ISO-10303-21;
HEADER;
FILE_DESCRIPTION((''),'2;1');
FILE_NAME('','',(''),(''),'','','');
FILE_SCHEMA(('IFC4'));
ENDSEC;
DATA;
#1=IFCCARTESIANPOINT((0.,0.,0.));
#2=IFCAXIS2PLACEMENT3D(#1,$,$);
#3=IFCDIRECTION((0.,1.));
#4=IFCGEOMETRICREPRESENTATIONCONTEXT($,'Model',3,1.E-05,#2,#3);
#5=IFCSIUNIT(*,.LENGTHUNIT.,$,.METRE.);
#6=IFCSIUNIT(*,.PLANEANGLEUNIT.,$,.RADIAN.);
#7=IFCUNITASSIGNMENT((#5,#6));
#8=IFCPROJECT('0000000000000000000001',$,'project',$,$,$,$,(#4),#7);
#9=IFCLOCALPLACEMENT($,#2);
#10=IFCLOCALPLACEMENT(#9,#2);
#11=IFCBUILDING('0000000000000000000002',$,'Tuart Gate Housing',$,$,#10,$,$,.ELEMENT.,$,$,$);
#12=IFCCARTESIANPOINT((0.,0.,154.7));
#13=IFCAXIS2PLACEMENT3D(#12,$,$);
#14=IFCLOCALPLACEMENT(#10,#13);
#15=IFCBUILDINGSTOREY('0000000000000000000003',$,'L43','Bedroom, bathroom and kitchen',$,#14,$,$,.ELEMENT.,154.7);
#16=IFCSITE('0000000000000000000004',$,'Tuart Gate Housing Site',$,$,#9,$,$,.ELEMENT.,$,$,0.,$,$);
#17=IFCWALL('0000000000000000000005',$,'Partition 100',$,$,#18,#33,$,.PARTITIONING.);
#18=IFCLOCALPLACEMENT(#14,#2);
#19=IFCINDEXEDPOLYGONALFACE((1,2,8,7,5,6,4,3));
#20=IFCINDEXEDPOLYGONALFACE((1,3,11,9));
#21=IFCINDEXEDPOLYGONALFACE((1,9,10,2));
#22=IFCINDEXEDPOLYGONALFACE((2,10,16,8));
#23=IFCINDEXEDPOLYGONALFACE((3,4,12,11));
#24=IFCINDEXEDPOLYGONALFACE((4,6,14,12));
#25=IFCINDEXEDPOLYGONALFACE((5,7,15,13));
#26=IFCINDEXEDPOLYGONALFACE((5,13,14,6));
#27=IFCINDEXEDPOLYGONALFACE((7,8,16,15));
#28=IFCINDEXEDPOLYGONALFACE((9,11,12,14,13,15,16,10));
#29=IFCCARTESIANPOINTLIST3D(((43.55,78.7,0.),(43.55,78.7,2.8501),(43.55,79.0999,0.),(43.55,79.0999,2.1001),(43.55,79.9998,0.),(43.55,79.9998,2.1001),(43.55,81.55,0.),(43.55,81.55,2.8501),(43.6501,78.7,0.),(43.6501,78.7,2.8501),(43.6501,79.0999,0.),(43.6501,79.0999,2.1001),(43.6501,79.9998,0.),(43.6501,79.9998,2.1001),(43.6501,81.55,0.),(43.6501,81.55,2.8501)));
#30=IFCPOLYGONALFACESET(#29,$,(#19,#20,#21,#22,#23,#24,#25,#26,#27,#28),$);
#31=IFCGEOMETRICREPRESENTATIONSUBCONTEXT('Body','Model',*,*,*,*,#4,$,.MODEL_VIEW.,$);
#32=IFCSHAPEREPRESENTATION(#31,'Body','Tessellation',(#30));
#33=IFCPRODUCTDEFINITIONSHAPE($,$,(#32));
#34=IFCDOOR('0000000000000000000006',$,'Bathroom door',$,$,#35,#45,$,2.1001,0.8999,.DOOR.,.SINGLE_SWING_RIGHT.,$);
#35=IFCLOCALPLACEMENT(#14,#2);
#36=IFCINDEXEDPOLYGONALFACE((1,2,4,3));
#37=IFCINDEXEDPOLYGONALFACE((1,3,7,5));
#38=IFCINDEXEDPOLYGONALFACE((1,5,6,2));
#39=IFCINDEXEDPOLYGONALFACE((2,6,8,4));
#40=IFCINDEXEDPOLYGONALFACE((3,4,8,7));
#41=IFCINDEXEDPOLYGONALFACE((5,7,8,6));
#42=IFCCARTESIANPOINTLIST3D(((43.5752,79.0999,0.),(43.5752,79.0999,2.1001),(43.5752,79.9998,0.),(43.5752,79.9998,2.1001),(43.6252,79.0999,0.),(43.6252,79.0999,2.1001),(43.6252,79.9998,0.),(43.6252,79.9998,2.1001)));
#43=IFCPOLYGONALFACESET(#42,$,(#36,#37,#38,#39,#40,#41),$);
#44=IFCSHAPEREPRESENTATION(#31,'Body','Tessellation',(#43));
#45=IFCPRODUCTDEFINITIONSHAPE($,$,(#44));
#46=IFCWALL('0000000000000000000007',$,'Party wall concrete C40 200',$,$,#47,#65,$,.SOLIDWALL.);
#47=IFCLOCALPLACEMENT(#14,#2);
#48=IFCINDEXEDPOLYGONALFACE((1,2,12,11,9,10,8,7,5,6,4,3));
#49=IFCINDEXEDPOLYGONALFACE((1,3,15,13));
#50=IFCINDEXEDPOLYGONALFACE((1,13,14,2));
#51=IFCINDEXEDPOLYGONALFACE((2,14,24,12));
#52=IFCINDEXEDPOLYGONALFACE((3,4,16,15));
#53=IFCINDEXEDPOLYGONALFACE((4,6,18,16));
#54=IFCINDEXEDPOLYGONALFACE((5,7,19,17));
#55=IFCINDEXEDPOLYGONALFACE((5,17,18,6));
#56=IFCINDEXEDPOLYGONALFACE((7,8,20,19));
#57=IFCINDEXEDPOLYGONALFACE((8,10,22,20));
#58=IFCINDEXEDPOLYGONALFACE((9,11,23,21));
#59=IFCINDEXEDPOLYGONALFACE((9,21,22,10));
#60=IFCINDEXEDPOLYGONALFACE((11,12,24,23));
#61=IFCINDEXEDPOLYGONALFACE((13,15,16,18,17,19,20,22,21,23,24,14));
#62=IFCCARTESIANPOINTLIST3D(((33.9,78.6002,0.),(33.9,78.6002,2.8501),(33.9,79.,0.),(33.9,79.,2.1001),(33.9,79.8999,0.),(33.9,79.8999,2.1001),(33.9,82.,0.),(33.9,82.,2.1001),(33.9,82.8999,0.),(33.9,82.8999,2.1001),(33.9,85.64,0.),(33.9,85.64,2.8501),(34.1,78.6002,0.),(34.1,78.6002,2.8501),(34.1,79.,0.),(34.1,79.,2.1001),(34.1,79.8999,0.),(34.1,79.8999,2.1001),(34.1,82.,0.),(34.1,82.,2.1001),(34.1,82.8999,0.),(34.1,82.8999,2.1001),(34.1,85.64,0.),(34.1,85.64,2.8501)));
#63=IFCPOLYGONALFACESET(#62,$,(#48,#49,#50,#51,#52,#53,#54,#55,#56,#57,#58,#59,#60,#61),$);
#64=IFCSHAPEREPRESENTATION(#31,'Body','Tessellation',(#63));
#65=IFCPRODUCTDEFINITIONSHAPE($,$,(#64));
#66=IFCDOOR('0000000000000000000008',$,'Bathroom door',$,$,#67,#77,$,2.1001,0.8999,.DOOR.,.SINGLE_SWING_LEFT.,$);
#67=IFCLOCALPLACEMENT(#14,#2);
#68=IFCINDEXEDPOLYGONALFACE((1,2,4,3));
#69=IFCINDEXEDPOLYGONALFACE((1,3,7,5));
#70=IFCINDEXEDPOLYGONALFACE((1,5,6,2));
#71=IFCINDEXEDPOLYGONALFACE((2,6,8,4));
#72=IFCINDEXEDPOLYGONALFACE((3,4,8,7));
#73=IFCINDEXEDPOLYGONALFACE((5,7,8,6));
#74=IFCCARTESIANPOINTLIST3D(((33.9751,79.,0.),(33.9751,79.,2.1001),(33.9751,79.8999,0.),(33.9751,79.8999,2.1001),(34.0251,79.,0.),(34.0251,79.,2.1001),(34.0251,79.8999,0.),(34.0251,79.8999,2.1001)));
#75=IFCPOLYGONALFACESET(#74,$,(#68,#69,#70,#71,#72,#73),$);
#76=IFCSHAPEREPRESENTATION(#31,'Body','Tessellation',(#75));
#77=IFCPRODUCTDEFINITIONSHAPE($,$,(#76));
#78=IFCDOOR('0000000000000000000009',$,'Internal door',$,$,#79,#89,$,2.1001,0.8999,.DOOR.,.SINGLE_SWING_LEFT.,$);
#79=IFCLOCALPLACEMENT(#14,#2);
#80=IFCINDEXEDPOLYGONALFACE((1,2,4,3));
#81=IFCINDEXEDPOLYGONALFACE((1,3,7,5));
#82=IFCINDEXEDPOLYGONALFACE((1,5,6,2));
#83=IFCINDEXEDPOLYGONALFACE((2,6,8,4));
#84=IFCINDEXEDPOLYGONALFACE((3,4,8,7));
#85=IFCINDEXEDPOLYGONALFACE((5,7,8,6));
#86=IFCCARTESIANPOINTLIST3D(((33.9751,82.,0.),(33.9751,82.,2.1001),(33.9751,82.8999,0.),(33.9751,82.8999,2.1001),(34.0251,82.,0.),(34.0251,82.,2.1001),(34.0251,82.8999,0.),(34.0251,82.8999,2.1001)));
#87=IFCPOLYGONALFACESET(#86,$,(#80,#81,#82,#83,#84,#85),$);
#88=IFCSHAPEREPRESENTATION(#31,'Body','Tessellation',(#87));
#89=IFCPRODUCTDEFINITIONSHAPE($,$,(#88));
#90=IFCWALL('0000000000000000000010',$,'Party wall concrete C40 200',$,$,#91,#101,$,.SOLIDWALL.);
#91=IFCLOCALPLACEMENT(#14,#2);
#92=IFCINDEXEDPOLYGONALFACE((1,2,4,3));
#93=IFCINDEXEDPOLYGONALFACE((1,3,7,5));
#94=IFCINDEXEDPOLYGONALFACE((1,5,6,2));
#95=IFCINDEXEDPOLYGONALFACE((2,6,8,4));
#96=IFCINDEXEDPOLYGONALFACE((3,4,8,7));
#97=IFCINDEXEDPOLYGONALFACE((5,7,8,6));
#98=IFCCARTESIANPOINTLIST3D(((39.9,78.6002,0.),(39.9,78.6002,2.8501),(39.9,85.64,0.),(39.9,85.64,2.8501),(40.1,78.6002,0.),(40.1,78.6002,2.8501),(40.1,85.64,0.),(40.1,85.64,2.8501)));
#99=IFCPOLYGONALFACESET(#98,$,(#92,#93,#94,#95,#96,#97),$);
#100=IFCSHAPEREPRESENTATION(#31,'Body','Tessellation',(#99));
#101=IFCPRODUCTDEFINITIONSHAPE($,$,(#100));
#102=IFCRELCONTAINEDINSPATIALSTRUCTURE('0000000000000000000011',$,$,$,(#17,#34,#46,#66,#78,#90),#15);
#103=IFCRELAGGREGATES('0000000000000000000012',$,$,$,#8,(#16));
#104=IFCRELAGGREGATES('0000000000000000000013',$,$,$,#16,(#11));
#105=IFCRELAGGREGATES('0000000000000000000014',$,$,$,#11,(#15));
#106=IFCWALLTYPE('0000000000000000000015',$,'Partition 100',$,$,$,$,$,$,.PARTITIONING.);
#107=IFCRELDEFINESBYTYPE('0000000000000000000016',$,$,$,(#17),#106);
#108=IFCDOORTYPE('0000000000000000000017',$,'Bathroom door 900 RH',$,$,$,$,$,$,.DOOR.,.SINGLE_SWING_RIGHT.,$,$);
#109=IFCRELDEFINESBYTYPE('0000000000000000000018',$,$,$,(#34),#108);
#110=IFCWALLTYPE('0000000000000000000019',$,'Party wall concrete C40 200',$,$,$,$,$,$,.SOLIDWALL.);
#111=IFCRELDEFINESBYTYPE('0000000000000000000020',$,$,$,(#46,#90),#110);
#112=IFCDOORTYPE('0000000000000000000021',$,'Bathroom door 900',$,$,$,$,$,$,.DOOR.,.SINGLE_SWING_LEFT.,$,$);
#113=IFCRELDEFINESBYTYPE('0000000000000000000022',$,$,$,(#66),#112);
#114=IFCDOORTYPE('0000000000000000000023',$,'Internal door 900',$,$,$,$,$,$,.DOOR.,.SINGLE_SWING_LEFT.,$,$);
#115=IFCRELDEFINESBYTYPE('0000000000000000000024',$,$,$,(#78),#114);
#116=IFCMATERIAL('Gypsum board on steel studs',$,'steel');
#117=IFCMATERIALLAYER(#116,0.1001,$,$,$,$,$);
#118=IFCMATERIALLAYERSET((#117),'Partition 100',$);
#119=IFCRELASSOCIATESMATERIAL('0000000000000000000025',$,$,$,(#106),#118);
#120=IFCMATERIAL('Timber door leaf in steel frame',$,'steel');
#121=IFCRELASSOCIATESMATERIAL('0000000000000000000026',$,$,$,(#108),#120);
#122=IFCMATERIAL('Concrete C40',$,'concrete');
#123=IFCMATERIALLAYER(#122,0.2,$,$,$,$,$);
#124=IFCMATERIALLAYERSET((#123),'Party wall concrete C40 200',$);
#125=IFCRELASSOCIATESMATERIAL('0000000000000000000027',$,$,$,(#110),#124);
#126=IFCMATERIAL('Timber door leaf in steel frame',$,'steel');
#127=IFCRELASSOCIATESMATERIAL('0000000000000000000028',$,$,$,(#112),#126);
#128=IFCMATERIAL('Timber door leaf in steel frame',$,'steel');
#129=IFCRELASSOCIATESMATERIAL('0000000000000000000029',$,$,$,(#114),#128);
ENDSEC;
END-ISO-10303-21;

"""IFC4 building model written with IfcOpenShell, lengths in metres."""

from ifc_helpers import new_model, si_unit, direction, frame, frame_2d, origin, place, context, subcontext, project, spatial, rectangle, extrude, material, layer, layer_set, type_object, element, fill, save


model = new_model("IFC4")

# Units and contexts
model_context = context("Model", 3, precision=1e-05, world=origin(), true_north=direction((0.0, 1.0)))
body_context = subcontext(model_context, "Body", "Model", "MODEL_VIEW")
ifc_project = project(units=[si_unit("LENGTHUNIT", "METRE"), si_unit("PLANEANGLEUNIT", "RADIAN")], contexts=[model_context])

# Site, building, storey
site_placement = place(None, origin())
site = spatial("IfcSite", under=ifc_project, at=site_placement, Name="Tuart Gate Housing Site", CompositionType="ELEMENT", RefElevation=0.0)
building_placement = place(site_placement, origin())
building = spatial("IfcBuilding", under=site, at=building_placement, Name="Tuart Gate Housing", CompositionType="ELEMENT")
storey_placement = place(building_placement, frame((0.0, 0.0, 154.7)))
storey = spatial("IfcBuildingStorey", under=building, at=storey_placement, Name="L43", Description="Bedroom, bathroom and kitchen", CompositionType="ELEMENT", Elevation=154.7)

# Shared definitions
ifc_material_1 = material(Name="Gypsum board on steel studs", Category="steel")
ifc_layer_1 = layer(ifc_material_1, 0.1001)
ifc_layer_set_1 = layer_set([ifc_layer_1], Name="Partition 100")
wall_type_1 = type_object("IfcWallType", Name="Partition 100", PredefinedType="PARTITIONING", material=ifc_layer_set_1)

# Wall, opening, door
wall_1_placement = place(storey_placement, frame((43.6001, 78.7, 0.0), z_axis=(0.0, 0.0, 1.0), x_axis=(0.0, 1.0, 0.0)))
wall_1 = element("IfcWall", 1, at=wall_1_placement, inside=storey, type_object=wall_type_1, Name="Partition 100", PredefinedType="PARTITIONING", context=body_context, shape_type="SweptSolid", body=[
    extrude(rectangle(XDim=2.8501, YDim=0.1001, at=frame_2d((1.425, 0.0))), origin(), (0.0, 0.0, 1.0), 2.8501),
])
opening_1_placement = place(wall_1_placement, frame((0.3999, 0.0, 0.0)))
opening_1 = element("IfcOpeningElement", 2, at=opening_1_placement, cuts=wall_1, PredefinedType="OPENING", context=body_context, shape_type="SweptSolid", body=[
    extrude(rectangle(XDim=0.8999, YDim=2.1001, at=frame_2d((0.45, 1.05))), frame((0.0, 0.0601, 0.0), z_axis=(0.0, -1.0, 0.0), x_axis=(1.0, 0.0, 0.0)), (0.0, 0.0, 1.0), 0.1201),
])
ifc_material_2 = material(Name="Timber door leaf in steel frame", Category="steel")
door_type_1 = type_object("IfcDoorType", Name="Bathroom door 900 RH", OperationType="SINGLE_SWING_RIGHT", PredefinedType="DOOR", material=ifc_material_2)
door_1_placement = place(opening_1_placement, frame((0.8999, 0.0, 0.0), z_axis=(0.0, 0.0, 1.0), x_axis=(-1.0, 0.0, 0.0)))
door_1 = element("IfcDoor", 3, at=door_1_placement, inside=storey, type_object=door_type_1, Name="Bathroom door", OperationType="SINGLE_SWING_RIGHT", OverallHeight=2.1001, OverallWidth=0.8999, PredefinedType="DOOR", context=body_context, shape_type="SweptSolid", body=[
    extrude(rectangle(XDim=0.8999, YDim=2.1001, at=frame_2d((0.45, 1.05))), frame((0.0, 0.0251, 0.0), z_axis=(0.0, -1.0, 0.0), x_axis=(1.0, 0.0, 0.0)), (0.0, 0.0, 1.0), 0.05),
])
fill(opening_1, door_1)

# Wall, openings, doors
ifc_material_3 = material(Name="Concrete C40", Category="concrete")
ifc_layer_2 = layer(ifc_material_3, 0.2)
ifc_layer_set_2 = layer_set([ifc_layer_2], Name="Party wall concrete C40 200")
wall_type_2 = type_object("IfcWallType", Name="Party wall concrete C40 200", PredefinedType="SOLIDWALL", material=ifc_layer_set_2)
wall_2_placement = place(storey_placement, frame((34.0, 78.6001, 0.0), z_axis=(0.0, 0.0, 1.0), x_axis=(0.0, 1.0, 0.0)))
wall_2 = element("IfcWall", 4, at=wall_2_placement, inside=storey, type_object=wall_type_2, Name="Party wall concrete C40 200", PredefinedType="SOLIDWALL", context=body_context, shape_type="SweptSolid", body=[
    extrude(rectangle(XDim=7.0398, YDim=0.2, at=frame_2d((3.52, 0.0))), origin(), (0.0, 0.0, 1.0), 2.8501),
])
opening_2_placement = place(wall_2_placement, frame((3.3999, 0.0, 0.0)))
opening_2 = element("IfcOpeningElement", 5, at=opening_2_placement, cuts=wall_2, PredefinedType="OPENING", context=body_context, shape_type="SweptSolid", body=[
    extrude(rectangle(XDim=0.8999, YDim=2.1001, at=frame_2d((0.45, 1.05))), frame((0.0, 0.1099, 0.0), z_axis=(0.0, -1.0, 0.0), x_axis=(1.0, 0.0, 0.0)), (0.0, 0.0, 1.0), 0.22),
])
opening_3_placement = place(wall_2_placement, frame((0.3999, 0.0, 0.0)))
opening_3 = element("IfcOpeningElement", 6, at=opening_3_placement, cuts=wall_2, PredefinedType="OPENING", context=body_context, shape_type="SweptSolid", body=[
    extrude(rectangle(XDim=0.8999, YDim=2.1001, at=frame_2d((0.45, 1.05))), frame((0.0, 0.1099, 0.0), z_axis=(0.0, -1.0, 0.0), x_axis=(1.0, 0.0, 0.0)), (0.0, 0.0, 1.0), 0.22),
])
ifc_material_4 = material(Name="Timber door leaf in steel frame", Category="steel")
door_type_2 = type_object("IfcDoorType", Name="Bathroom door 900", OperationType="SINGLE_SWING_LEFT", PredefinedType="DOOR", material=ifc_material_4)
door_2_placement = place(opening_3_placement, origin())
door_2 = element("IfcDoor", 7, at=door_2_placement, inside=storey, type_object=door_type_2, Name="Bathroom door", OperationType="SINGLE_SWING_LEFT", OverallHeight=2.1001, OverallWidth=0.8999, PredefinedType="DOOR", context=body_context, shape_type="SweptSolid", body=[
    extrude(rectangle(XDim=0.8999, YDim=2.1001, at=frame_2d((0.45, 1.05))), frame((0.0, 0.0249, 0.0), z_axis=(0.0, -1.0, 0.0), x_axis=(1.0, 0.0, 0.0)), (0.0, 0.0, 1.0), 0.05),
])
fill(opening_3, door_2)
ifc_material_5 = material(Name="Timber door leaf in steel frame", Category="steel")
door_type_3 = type_object("IfcDoorType", Name="Internal door 900", OperationType="SINGLE_SWING_LEFT", PredefinedType="DOOR", material=ifc_material_5)
door_3_placement = place(opening_2_placement, origin())
door_3 = element("IfcDoor", 8, at=door_3_placement, inside=storey, type_object=door_type_3, Name="Internal door", OperationType="SINGLE_SWING_LEFT", OverallHeight=2.1001, OverallWidth=0.8999, PredefinedType="DOOR", context=body_context, shape_type="SweptSolid", body=[
    extrude(rectangle(XDim=0.8999, YDim=2.1001, at=frame_2d((0.45, 1.05))), frame((0.0, 0.0249, 0.0), z_axis=(0.0, -1.0, 0.0), x_axis=(1.0, 0.0, 0.0)), (0.0, 0.0, 1.0), 0.05),
])
fill(opening_2, door_3)

# Wall
wall_3_placement = place(storey_placement, frame((40.0, 78.6001, 0.0), z_axis=(0.0, 0.0, 1.0), x_axis=(0.0, 1.0, 0.0)))
element("IfcWall", 9, at=wall_3_placement, inside=storey, type_object=wall_type_2, Name="Party wall concrete C40 200", PredefinedType="SOLIDWALL", context=body_context, shape_type="SweptSolid", body=[
    extrude(rectangle(XDim=7.0398, YDim=0.2, at=frame_2d((3.52, 0.0))), origin(), (0.0, 0.0, 1.0), 2.8501),
])

save(model, "model.ifc")
